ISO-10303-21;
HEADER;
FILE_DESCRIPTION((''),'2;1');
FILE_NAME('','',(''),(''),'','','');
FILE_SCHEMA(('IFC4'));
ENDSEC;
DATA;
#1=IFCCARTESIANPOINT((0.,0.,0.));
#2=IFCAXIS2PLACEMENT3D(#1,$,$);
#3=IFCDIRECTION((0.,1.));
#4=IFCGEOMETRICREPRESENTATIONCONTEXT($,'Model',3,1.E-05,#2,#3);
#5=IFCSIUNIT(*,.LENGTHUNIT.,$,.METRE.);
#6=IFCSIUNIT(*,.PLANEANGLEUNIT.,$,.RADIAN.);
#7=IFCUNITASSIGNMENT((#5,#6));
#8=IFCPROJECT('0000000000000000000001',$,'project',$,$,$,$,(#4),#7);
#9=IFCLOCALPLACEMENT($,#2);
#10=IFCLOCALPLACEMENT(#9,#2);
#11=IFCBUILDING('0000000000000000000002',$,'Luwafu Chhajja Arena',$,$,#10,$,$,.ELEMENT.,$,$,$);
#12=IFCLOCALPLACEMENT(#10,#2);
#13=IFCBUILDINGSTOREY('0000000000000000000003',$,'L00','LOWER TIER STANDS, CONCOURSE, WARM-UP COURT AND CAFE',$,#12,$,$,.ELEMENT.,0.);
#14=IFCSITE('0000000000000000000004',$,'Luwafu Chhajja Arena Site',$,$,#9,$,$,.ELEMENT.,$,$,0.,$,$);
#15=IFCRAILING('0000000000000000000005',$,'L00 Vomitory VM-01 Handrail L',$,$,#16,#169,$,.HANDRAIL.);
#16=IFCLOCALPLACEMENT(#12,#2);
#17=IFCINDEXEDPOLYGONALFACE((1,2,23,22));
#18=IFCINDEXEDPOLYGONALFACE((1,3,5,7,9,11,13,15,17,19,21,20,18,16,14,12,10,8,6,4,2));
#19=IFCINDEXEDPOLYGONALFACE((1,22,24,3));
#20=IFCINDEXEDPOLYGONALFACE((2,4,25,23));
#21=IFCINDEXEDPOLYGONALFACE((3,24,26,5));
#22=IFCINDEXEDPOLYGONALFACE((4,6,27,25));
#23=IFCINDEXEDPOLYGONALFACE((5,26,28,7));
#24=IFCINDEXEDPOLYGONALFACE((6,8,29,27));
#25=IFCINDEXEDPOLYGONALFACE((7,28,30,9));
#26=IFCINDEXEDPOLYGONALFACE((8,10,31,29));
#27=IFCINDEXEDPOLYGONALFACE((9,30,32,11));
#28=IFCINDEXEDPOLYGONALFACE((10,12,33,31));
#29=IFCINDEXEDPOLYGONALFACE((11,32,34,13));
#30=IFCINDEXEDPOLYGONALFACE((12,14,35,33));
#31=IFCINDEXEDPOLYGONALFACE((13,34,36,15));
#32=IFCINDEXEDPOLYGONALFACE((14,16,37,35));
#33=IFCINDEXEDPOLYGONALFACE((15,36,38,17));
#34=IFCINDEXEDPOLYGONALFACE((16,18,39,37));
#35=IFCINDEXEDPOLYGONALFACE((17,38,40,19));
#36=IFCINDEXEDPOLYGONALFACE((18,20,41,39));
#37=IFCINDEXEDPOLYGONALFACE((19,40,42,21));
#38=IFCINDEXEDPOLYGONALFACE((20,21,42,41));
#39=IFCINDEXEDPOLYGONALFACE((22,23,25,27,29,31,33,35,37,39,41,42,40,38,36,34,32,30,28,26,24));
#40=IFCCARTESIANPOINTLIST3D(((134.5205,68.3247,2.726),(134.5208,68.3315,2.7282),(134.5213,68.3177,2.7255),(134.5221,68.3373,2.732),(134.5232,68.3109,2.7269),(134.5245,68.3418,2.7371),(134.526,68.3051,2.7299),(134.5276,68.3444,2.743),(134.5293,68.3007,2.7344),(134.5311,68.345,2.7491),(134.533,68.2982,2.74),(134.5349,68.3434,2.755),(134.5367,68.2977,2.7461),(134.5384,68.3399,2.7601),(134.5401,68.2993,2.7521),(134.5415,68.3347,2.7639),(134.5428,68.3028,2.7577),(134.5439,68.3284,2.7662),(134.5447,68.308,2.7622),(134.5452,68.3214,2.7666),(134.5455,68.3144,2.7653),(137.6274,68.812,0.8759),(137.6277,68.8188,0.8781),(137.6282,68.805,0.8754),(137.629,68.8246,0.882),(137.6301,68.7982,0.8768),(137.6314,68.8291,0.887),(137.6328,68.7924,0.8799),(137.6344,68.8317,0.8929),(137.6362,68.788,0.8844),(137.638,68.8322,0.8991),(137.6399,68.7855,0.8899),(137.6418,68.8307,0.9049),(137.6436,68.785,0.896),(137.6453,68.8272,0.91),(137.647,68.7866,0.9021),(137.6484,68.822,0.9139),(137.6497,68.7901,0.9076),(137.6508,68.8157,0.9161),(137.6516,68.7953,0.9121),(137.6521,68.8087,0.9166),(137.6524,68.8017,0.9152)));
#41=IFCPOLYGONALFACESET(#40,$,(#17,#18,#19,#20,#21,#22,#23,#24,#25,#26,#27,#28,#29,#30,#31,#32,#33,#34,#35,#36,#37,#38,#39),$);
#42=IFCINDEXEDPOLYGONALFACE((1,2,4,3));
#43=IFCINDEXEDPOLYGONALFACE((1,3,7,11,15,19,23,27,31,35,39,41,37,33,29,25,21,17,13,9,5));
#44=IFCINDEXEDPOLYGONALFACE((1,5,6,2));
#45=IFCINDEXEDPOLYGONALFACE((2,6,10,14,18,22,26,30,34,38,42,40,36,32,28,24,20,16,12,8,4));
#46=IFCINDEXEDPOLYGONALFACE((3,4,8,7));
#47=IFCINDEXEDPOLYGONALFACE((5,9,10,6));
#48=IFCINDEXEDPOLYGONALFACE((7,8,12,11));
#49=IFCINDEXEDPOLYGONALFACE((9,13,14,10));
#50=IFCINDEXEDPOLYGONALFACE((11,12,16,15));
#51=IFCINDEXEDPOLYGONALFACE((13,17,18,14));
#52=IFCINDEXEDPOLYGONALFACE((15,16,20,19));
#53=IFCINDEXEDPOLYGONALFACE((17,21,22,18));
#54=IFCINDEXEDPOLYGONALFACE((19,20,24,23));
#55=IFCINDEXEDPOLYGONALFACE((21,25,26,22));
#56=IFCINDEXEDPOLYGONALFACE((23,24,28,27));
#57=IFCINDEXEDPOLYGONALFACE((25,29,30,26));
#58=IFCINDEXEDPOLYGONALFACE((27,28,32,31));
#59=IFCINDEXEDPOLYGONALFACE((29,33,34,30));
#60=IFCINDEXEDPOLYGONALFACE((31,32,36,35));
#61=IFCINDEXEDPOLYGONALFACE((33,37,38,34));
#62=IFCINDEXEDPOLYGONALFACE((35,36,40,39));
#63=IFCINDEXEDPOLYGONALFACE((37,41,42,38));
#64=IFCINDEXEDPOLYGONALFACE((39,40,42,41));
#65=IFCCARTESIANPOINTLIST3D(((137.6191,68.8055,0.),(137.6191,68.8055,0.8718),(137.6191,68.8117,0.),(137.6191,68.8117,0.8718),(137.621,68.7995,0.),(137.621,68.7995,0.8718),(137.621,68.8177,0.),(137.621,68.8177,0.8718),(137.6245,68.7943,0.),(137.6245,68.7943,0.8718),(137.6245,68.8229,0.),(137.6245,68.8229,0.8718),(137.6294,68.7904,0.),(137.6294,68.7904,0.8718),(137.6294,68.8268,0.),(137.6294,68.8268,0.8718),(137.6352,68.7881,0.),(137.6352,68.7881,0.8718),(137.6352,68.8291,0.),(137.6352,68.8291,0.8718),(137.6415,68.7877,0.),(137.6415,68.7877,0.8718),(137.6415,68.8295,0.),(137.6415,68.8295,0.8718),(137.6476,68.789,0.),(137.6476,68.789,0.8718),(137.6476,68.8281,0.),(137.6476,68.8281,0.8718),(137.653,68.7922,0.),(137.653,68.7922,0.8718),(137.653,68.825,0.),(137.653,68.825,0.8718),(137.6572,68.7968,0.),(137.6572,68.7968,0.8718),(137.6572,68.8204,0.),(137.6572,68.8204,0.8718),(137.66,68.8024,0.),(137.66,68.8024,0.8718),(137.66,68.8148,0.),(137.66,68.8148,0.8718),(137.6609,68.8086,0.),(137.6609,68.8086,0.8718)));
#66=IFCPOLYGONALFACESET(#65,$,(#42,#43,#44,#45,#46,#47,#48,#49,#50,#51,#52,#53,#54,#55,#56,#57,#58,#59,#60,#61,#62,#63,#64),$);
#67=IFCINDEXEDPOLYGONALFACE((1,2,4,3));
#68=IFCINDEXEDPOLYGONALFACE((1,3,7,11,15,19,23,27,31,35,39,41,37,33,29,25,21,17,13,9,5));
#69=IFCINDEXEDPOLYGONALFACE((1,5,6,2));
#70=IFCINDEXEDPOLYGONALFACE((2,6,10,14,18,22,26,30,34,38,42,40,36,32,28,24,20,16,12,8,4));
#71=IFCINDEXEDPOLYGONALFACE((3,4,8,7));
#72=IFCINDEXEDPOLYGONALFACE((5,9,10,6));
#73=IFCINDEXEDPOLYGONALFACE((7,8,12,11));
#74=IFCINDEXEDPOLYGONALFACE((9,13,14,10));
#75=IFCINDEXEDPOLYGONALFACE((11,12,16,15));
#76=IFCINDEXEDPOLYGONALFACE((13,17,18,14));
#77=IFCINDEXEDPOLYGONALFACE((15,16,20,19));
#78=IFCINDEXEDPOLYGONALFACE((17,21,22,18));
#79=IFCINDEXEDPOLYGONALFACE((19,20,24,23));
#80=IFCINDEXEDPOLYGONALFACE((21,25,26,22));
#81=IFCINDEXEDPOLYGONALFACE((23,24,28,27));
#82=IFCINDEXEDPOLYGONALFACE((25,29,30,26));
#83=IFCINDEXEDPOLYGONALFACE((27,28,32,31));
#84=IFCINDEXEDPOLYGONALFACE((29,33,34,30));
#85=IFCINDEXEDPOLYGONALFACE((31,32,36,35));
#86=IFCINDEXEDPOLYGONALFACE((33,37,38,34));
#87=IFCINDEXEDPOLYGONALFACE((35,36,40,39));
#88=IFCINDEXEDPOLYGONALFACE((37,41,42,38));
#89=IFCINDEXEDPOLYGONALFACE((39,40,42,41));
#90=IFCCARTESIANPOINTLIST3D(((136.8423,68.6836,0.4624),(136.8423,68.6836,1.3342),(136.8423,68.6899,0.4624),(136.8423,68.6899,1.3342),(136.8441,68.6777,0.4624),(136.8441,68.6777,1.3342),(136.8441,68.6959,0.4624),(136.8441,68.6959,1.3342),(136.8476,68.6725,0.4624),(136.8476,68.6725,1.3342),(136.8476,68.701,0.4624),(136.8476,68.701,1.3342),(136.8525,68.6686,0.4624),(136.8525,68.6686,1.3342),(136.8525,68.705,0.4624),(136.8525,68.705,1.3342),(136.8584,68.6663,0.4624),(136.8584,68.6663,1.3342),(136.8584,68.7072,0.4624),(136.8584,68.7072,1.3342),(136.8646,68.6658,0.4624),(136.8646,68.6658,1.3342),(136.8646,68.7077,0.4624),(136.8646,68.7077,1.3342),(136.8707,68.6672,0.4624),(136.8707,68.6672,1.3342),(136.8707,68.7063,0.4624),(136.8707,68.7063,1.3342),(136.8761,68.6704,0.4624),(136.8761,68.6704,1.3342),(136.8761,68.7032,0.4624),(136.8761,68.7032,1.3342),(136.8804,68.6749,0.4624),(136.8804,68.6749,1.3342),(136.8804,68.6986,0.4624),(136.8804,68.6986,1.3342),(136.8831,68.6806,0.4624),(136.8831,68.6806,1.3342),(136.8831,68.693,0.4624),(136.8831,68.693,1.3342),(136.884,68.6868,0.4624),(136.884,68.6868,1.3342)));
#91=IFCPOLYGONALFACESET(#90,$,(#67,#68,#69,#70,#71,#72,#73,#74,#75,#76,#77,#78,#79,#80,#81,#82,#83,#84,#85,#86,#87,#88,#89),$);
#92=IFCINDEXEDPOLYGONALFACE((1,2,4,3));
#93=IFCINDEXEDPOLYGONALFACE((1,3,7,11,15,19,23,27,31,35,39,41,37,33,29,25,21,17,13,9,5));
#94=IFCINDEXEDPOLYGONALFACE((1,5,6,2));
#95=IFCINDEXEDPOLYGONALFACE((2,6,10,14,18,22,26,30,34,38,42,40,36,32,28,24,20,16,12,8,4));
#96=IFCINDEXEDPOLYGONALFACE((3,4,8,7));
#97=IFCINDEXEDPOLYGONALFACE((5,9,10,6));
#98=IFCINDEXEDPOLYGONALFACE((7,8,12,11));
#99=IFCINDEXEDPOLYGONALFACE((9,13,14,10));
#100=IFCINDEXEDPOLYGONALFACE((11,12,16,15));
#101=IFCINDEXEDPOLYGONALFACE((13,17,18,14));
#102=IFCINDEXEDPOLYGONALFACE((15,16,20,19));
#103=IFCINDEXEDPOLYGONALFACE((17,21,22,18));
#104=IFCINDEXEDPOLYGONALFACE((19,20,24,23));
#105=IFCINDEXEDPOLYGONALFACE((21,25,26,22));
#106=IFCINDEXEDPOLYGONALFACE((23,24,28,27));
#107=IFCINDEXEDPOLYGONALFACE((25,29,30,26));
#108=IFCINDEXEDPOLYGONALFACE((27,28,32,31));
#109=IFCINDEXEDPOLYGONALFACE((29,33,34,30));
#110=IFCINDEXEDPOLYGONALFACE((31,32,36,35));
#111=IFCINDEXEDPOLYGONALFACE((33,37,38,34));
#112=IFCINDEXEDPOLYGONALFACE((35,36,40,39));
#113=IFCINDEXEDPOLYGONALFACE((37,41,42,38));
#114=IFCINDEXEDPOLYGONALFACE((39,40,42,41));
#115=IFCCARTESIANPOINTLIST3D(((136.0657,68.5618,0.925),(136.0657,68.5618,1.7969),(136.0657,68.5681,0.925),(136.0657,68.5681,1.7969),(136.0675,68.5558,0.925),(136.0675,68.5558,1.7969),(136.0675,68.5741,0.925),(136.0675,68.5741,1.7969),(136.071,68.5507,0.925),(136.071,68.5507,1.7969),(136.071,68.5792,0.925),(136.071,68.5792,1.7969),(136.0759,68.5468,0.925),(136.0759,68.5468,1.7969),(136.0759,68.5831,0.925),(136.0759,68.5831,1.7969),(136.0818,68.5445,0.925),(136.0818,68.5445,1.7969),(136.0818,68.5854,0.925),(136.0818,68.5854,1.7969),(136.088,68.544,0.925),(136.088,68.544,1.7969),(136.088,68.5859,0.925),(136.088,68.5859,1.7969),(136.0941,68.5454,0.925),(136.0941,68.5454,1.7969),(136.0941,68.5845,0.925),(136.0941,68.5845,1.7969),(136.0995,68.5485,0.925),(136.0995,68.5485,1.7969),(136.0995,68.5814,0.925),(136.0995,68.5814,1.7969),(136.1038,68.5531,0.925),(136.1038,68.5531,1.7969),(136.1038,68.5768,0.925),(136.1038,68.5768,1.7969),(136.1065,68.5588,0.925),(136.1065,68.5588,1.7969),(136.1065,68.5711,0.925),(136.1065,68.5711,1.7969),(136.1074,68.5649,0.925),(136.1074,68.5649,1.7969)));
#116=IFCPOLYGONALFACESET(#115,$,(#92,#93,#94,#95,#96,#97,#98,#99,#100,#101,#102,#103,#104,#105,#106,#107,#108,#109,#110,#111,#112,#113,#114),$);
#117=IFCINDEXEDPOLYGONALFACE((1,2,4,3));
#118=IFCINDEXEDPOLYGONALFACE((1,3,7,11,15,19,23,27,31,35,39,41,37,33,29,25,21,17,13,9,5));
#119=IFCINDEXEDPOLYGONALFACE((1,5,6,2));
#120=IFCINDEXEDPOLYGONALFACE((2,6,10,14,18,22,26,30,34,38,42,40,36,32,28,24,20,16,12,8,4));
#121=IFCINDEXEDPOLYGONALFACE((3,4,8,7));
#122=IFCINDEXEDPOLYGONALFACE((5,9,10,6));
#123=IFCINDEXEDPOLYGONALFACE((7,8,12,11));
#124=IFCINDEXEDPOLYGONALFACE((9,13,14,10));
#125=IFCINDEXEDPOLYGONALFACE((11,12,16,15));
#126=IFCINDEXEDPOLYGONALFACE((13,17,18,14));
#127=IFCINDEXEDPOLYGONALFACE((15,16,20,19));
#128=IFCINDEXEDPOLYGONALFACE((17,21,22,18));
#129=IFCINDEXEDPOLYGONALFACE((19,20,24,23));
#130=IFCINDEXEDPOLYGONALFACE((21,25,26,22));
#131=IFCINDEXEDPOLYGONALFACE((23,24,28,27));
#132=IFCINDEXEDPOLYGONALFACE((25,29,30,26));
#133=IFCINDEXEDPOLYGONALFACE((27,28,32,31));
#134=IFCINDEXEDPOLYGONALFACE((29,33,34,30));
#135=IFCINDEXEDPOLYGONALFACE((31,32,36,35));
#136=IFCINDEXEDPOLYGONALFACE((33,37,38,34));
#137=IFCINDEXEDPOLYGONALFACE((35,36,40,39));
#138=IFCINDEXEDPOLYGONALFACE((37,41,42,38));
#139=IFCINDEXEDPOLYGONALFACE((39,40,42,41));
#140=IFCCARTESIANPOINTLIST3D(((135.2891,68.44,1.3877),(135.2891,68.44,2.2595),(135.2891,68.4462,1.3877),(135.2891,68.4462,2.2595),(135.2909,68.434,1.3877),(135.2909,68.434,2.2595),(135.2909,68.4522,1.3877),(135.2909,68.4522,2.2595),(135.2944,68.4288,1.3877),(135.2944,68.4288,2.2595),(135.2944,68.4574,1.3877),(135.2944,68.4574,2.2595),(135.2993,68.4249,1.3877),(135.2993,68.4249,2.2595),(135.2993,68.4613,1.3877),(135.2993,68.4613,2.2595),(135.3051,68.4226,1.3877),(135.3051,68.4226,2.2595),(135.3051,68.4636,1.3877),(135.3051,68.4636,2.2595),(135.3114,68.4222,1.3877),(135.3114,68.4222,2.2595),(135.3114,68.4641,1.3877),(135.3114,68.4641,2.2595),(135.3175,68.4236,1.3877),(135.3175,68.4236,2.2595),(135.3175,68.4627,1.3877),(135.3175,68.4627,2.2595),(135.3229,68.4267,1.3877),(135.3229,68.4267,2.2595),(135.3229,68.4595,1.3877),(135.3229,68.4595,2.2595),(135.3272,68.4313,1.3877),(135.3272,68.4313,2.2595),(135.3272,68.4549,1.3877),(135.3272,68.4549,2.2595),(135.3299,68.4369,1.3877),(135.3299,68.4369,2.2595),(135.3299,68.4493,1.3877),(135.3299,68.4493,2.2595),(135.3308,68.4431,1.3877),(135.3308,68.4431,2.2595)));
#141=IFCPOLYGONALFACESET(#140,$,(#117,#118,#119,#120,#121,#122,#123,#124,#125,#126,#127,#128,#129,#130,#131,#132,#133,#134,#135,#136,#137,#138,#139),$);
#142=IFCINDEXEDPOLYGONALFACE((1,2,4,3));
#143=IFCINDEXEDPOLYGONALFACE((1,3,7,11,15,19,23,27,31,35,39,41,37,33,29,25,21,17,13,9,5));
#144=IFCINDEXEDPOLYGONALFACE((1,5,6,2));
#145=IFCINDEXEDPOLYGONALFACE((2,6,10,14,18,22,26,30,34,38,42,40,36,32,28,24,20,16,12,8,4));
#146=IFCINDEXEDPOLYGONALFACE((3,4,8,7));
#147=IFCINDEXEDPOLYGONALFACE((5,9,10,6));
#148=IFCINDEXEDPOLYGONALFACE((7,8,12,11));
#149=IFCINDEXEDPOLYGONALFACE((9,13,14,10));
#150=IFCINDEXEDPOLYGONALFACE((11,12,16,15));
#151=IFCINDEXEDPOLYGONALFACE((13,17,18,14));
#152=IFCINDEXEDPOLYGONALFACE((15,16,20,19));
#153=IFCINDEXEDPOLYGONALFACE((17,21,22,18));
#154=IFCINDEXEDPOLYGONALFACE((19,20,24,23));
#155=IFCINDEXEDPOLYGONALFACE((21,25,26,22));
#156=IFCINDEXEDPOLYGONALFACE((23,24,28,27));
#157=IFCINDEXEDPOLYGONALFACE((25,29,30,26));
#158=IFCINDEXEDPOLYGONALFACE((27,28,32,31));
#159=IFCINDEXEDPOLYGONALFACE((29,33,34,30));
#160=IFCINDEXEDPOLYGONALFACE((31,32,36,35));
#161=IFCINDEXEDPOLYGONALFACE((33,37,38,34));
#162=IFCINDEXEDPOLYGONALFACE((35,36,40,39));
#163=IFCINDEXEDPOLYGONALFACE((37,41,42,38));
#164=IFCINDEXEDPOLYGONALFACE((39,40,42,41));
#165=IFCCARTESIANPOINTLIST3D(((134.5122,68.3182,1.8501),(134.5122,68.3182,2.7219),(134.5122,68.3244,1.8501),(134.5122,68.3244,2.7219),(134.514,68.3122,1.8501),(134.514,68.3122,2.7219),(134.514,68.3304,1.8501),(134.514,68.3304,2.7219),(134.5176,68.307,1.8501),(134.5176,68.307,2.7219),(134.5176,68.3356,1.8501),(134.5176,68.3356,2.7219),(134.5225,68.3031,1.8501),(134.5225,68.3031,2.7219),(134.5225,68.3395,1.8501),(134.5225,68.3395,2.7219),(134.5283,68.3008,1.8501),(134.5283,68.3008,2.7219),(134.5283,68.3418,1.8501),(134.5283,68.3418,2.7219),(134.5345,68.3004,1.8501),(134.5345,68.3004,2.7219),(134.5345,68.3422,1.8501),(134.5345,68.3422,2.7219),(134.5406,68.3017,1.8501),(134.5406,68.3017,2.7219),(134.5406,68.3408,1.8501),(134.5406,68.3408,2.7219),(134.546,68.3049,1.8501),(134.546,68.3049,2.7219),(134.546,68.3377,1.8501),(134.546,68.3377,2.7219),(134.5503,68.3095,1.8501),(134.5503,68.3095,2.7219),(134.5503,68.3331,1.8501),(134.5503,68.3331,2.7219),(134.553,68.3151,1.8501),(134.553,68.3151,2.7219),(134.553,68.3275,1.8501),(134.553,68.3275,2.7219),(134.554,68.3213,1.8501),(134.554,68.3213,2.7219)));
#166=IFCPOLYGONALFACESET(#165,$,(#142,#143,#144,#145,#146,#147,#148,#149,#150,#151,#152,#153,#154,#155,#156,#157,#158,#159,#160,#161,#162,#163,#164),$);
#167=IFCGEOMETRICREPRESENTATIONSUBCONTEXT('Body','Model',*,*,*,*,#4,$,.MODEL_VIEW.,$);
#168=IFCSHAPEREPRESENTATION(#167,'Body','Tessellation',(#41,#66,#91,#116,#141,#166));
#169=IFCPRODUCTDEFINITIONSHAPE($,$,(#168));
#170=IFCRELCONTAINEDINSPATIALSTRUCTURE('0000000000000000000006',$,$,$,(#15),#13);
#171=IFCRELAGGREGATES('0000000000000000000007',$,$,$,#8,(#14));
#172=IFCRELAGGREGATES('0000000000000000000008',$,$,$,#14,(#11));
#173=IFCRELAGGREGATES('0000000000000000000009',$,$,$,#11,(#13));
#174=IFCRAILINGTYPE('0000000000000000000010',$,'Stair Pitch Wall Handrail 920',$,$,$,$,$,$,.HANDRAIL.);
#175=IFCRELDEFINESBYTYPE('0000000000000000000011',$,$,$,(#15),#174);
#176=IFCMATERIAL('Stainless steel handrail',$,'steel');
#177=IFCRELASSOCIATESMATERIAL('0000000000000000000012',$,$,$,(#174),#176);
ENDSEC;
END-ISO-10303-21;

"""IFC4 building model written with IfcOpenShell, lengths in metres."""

from ifc_helpers import new_model, si_unit, direction, frame, origin, origin_2d, place, context, subcontext, project, spatial, circle, extrude, material, type_object, element, save


model = new_model("IFC4")

# Units and contexts
model_context = context("Model", 3, precision=1e-05, world=origin(), true_north=direction((0.0, 1.0)))
body_context = subcontext(model_context, "Body", "Model", "MODEL_VIEW")
ifc_project = project(units=[si_unit("LENGTHUNIT", "METRE"), si_unit("PLANEANGLEUNIT", "RADIAN")], contexts=[model_context])

# Site, building, storey
site_placement = place(None, origin())
site = spatial("IfcSite", under=ifc_project, at=site_placement, Name="Luwafu Chhajja Arena Site", CompositionType="ELEMENT", RefElevation=0.0)
building_placement = place(site_placement, origin())
building = spatial("IfcBuilding", under=site, at=building_placement, Name="Luwafu Chhajja Arena", CompositionType="ELEMENT")
storey_placement = place(building_placement, origin())
storey = spatial("IfcBuildingStorey", under=building, at=storey_placement, Name="L00", Description="LOWER TIER STANDS, CONCOURSE, WARM-UP COURT AND CAFE", CompositionType="ELEMENT", Elevation=0.0)

# Railing
ifc_material_1 = material(Name="Stainless steel handrail", Category="steel")
railing_type_1 = type_object("IfcRailingType", Name="Stair Pitch Wall Handrail 920", PredefinedType="HANDRAIL", material=ifc_material_1)
for number, where, name in (
    (1, (137.6399, 68.8086, 0.0), "L00 Vomitory VM-01 Handrail L"),
):
    element("IfcRailing", number, at=place(storey_placement, frame(where)), inside=storey, type_object=railing_type_1, Name=name, PredefinedType="HANDRAIL", context=body_context, shape_type="SweptSolid", body=[
        extrude(circle(Radius=0.0239, at=origin_2d()), frame((0.0, 0.0, 0.896), z_axis=(-0.851507, -0.133554, 0.50705), x_axis=(0.15495, -0.987922, 0.0)), (0.0, 0.0, 1.0), 3.6487),
        extrude(circle(Radius=0.021, at=origin_2d()), origin(), (0.0, 0.0, 1.0), 0.8718),
        extrude(circle(Radius=0.021, at=origin_2d()), frame((-0.7769, -0.1218, 0.4624)), (0.0, 0.0, 1.0), 0.8718),
        extrude(circle(Radius=0.021, at=origin_2d()), frame((-1.5535, -0.2437, 0.925)), (0.0, 0.0, 1.0), 0.8718),
        extrude(circle(Radius=0.021, at=origin_2d()), frame((-2.3301, -0.3655, 1.3877)), (0.0, 0.0, 1.0), 0.8718),
        extrude(circle(Radius=0.021, at=origin_2d()), frame((-3.1069, -0.4873, 1.8501)), (0.0, 0.0, 1.0), 0.8718),
    ])

save(model, "model.ifc")
